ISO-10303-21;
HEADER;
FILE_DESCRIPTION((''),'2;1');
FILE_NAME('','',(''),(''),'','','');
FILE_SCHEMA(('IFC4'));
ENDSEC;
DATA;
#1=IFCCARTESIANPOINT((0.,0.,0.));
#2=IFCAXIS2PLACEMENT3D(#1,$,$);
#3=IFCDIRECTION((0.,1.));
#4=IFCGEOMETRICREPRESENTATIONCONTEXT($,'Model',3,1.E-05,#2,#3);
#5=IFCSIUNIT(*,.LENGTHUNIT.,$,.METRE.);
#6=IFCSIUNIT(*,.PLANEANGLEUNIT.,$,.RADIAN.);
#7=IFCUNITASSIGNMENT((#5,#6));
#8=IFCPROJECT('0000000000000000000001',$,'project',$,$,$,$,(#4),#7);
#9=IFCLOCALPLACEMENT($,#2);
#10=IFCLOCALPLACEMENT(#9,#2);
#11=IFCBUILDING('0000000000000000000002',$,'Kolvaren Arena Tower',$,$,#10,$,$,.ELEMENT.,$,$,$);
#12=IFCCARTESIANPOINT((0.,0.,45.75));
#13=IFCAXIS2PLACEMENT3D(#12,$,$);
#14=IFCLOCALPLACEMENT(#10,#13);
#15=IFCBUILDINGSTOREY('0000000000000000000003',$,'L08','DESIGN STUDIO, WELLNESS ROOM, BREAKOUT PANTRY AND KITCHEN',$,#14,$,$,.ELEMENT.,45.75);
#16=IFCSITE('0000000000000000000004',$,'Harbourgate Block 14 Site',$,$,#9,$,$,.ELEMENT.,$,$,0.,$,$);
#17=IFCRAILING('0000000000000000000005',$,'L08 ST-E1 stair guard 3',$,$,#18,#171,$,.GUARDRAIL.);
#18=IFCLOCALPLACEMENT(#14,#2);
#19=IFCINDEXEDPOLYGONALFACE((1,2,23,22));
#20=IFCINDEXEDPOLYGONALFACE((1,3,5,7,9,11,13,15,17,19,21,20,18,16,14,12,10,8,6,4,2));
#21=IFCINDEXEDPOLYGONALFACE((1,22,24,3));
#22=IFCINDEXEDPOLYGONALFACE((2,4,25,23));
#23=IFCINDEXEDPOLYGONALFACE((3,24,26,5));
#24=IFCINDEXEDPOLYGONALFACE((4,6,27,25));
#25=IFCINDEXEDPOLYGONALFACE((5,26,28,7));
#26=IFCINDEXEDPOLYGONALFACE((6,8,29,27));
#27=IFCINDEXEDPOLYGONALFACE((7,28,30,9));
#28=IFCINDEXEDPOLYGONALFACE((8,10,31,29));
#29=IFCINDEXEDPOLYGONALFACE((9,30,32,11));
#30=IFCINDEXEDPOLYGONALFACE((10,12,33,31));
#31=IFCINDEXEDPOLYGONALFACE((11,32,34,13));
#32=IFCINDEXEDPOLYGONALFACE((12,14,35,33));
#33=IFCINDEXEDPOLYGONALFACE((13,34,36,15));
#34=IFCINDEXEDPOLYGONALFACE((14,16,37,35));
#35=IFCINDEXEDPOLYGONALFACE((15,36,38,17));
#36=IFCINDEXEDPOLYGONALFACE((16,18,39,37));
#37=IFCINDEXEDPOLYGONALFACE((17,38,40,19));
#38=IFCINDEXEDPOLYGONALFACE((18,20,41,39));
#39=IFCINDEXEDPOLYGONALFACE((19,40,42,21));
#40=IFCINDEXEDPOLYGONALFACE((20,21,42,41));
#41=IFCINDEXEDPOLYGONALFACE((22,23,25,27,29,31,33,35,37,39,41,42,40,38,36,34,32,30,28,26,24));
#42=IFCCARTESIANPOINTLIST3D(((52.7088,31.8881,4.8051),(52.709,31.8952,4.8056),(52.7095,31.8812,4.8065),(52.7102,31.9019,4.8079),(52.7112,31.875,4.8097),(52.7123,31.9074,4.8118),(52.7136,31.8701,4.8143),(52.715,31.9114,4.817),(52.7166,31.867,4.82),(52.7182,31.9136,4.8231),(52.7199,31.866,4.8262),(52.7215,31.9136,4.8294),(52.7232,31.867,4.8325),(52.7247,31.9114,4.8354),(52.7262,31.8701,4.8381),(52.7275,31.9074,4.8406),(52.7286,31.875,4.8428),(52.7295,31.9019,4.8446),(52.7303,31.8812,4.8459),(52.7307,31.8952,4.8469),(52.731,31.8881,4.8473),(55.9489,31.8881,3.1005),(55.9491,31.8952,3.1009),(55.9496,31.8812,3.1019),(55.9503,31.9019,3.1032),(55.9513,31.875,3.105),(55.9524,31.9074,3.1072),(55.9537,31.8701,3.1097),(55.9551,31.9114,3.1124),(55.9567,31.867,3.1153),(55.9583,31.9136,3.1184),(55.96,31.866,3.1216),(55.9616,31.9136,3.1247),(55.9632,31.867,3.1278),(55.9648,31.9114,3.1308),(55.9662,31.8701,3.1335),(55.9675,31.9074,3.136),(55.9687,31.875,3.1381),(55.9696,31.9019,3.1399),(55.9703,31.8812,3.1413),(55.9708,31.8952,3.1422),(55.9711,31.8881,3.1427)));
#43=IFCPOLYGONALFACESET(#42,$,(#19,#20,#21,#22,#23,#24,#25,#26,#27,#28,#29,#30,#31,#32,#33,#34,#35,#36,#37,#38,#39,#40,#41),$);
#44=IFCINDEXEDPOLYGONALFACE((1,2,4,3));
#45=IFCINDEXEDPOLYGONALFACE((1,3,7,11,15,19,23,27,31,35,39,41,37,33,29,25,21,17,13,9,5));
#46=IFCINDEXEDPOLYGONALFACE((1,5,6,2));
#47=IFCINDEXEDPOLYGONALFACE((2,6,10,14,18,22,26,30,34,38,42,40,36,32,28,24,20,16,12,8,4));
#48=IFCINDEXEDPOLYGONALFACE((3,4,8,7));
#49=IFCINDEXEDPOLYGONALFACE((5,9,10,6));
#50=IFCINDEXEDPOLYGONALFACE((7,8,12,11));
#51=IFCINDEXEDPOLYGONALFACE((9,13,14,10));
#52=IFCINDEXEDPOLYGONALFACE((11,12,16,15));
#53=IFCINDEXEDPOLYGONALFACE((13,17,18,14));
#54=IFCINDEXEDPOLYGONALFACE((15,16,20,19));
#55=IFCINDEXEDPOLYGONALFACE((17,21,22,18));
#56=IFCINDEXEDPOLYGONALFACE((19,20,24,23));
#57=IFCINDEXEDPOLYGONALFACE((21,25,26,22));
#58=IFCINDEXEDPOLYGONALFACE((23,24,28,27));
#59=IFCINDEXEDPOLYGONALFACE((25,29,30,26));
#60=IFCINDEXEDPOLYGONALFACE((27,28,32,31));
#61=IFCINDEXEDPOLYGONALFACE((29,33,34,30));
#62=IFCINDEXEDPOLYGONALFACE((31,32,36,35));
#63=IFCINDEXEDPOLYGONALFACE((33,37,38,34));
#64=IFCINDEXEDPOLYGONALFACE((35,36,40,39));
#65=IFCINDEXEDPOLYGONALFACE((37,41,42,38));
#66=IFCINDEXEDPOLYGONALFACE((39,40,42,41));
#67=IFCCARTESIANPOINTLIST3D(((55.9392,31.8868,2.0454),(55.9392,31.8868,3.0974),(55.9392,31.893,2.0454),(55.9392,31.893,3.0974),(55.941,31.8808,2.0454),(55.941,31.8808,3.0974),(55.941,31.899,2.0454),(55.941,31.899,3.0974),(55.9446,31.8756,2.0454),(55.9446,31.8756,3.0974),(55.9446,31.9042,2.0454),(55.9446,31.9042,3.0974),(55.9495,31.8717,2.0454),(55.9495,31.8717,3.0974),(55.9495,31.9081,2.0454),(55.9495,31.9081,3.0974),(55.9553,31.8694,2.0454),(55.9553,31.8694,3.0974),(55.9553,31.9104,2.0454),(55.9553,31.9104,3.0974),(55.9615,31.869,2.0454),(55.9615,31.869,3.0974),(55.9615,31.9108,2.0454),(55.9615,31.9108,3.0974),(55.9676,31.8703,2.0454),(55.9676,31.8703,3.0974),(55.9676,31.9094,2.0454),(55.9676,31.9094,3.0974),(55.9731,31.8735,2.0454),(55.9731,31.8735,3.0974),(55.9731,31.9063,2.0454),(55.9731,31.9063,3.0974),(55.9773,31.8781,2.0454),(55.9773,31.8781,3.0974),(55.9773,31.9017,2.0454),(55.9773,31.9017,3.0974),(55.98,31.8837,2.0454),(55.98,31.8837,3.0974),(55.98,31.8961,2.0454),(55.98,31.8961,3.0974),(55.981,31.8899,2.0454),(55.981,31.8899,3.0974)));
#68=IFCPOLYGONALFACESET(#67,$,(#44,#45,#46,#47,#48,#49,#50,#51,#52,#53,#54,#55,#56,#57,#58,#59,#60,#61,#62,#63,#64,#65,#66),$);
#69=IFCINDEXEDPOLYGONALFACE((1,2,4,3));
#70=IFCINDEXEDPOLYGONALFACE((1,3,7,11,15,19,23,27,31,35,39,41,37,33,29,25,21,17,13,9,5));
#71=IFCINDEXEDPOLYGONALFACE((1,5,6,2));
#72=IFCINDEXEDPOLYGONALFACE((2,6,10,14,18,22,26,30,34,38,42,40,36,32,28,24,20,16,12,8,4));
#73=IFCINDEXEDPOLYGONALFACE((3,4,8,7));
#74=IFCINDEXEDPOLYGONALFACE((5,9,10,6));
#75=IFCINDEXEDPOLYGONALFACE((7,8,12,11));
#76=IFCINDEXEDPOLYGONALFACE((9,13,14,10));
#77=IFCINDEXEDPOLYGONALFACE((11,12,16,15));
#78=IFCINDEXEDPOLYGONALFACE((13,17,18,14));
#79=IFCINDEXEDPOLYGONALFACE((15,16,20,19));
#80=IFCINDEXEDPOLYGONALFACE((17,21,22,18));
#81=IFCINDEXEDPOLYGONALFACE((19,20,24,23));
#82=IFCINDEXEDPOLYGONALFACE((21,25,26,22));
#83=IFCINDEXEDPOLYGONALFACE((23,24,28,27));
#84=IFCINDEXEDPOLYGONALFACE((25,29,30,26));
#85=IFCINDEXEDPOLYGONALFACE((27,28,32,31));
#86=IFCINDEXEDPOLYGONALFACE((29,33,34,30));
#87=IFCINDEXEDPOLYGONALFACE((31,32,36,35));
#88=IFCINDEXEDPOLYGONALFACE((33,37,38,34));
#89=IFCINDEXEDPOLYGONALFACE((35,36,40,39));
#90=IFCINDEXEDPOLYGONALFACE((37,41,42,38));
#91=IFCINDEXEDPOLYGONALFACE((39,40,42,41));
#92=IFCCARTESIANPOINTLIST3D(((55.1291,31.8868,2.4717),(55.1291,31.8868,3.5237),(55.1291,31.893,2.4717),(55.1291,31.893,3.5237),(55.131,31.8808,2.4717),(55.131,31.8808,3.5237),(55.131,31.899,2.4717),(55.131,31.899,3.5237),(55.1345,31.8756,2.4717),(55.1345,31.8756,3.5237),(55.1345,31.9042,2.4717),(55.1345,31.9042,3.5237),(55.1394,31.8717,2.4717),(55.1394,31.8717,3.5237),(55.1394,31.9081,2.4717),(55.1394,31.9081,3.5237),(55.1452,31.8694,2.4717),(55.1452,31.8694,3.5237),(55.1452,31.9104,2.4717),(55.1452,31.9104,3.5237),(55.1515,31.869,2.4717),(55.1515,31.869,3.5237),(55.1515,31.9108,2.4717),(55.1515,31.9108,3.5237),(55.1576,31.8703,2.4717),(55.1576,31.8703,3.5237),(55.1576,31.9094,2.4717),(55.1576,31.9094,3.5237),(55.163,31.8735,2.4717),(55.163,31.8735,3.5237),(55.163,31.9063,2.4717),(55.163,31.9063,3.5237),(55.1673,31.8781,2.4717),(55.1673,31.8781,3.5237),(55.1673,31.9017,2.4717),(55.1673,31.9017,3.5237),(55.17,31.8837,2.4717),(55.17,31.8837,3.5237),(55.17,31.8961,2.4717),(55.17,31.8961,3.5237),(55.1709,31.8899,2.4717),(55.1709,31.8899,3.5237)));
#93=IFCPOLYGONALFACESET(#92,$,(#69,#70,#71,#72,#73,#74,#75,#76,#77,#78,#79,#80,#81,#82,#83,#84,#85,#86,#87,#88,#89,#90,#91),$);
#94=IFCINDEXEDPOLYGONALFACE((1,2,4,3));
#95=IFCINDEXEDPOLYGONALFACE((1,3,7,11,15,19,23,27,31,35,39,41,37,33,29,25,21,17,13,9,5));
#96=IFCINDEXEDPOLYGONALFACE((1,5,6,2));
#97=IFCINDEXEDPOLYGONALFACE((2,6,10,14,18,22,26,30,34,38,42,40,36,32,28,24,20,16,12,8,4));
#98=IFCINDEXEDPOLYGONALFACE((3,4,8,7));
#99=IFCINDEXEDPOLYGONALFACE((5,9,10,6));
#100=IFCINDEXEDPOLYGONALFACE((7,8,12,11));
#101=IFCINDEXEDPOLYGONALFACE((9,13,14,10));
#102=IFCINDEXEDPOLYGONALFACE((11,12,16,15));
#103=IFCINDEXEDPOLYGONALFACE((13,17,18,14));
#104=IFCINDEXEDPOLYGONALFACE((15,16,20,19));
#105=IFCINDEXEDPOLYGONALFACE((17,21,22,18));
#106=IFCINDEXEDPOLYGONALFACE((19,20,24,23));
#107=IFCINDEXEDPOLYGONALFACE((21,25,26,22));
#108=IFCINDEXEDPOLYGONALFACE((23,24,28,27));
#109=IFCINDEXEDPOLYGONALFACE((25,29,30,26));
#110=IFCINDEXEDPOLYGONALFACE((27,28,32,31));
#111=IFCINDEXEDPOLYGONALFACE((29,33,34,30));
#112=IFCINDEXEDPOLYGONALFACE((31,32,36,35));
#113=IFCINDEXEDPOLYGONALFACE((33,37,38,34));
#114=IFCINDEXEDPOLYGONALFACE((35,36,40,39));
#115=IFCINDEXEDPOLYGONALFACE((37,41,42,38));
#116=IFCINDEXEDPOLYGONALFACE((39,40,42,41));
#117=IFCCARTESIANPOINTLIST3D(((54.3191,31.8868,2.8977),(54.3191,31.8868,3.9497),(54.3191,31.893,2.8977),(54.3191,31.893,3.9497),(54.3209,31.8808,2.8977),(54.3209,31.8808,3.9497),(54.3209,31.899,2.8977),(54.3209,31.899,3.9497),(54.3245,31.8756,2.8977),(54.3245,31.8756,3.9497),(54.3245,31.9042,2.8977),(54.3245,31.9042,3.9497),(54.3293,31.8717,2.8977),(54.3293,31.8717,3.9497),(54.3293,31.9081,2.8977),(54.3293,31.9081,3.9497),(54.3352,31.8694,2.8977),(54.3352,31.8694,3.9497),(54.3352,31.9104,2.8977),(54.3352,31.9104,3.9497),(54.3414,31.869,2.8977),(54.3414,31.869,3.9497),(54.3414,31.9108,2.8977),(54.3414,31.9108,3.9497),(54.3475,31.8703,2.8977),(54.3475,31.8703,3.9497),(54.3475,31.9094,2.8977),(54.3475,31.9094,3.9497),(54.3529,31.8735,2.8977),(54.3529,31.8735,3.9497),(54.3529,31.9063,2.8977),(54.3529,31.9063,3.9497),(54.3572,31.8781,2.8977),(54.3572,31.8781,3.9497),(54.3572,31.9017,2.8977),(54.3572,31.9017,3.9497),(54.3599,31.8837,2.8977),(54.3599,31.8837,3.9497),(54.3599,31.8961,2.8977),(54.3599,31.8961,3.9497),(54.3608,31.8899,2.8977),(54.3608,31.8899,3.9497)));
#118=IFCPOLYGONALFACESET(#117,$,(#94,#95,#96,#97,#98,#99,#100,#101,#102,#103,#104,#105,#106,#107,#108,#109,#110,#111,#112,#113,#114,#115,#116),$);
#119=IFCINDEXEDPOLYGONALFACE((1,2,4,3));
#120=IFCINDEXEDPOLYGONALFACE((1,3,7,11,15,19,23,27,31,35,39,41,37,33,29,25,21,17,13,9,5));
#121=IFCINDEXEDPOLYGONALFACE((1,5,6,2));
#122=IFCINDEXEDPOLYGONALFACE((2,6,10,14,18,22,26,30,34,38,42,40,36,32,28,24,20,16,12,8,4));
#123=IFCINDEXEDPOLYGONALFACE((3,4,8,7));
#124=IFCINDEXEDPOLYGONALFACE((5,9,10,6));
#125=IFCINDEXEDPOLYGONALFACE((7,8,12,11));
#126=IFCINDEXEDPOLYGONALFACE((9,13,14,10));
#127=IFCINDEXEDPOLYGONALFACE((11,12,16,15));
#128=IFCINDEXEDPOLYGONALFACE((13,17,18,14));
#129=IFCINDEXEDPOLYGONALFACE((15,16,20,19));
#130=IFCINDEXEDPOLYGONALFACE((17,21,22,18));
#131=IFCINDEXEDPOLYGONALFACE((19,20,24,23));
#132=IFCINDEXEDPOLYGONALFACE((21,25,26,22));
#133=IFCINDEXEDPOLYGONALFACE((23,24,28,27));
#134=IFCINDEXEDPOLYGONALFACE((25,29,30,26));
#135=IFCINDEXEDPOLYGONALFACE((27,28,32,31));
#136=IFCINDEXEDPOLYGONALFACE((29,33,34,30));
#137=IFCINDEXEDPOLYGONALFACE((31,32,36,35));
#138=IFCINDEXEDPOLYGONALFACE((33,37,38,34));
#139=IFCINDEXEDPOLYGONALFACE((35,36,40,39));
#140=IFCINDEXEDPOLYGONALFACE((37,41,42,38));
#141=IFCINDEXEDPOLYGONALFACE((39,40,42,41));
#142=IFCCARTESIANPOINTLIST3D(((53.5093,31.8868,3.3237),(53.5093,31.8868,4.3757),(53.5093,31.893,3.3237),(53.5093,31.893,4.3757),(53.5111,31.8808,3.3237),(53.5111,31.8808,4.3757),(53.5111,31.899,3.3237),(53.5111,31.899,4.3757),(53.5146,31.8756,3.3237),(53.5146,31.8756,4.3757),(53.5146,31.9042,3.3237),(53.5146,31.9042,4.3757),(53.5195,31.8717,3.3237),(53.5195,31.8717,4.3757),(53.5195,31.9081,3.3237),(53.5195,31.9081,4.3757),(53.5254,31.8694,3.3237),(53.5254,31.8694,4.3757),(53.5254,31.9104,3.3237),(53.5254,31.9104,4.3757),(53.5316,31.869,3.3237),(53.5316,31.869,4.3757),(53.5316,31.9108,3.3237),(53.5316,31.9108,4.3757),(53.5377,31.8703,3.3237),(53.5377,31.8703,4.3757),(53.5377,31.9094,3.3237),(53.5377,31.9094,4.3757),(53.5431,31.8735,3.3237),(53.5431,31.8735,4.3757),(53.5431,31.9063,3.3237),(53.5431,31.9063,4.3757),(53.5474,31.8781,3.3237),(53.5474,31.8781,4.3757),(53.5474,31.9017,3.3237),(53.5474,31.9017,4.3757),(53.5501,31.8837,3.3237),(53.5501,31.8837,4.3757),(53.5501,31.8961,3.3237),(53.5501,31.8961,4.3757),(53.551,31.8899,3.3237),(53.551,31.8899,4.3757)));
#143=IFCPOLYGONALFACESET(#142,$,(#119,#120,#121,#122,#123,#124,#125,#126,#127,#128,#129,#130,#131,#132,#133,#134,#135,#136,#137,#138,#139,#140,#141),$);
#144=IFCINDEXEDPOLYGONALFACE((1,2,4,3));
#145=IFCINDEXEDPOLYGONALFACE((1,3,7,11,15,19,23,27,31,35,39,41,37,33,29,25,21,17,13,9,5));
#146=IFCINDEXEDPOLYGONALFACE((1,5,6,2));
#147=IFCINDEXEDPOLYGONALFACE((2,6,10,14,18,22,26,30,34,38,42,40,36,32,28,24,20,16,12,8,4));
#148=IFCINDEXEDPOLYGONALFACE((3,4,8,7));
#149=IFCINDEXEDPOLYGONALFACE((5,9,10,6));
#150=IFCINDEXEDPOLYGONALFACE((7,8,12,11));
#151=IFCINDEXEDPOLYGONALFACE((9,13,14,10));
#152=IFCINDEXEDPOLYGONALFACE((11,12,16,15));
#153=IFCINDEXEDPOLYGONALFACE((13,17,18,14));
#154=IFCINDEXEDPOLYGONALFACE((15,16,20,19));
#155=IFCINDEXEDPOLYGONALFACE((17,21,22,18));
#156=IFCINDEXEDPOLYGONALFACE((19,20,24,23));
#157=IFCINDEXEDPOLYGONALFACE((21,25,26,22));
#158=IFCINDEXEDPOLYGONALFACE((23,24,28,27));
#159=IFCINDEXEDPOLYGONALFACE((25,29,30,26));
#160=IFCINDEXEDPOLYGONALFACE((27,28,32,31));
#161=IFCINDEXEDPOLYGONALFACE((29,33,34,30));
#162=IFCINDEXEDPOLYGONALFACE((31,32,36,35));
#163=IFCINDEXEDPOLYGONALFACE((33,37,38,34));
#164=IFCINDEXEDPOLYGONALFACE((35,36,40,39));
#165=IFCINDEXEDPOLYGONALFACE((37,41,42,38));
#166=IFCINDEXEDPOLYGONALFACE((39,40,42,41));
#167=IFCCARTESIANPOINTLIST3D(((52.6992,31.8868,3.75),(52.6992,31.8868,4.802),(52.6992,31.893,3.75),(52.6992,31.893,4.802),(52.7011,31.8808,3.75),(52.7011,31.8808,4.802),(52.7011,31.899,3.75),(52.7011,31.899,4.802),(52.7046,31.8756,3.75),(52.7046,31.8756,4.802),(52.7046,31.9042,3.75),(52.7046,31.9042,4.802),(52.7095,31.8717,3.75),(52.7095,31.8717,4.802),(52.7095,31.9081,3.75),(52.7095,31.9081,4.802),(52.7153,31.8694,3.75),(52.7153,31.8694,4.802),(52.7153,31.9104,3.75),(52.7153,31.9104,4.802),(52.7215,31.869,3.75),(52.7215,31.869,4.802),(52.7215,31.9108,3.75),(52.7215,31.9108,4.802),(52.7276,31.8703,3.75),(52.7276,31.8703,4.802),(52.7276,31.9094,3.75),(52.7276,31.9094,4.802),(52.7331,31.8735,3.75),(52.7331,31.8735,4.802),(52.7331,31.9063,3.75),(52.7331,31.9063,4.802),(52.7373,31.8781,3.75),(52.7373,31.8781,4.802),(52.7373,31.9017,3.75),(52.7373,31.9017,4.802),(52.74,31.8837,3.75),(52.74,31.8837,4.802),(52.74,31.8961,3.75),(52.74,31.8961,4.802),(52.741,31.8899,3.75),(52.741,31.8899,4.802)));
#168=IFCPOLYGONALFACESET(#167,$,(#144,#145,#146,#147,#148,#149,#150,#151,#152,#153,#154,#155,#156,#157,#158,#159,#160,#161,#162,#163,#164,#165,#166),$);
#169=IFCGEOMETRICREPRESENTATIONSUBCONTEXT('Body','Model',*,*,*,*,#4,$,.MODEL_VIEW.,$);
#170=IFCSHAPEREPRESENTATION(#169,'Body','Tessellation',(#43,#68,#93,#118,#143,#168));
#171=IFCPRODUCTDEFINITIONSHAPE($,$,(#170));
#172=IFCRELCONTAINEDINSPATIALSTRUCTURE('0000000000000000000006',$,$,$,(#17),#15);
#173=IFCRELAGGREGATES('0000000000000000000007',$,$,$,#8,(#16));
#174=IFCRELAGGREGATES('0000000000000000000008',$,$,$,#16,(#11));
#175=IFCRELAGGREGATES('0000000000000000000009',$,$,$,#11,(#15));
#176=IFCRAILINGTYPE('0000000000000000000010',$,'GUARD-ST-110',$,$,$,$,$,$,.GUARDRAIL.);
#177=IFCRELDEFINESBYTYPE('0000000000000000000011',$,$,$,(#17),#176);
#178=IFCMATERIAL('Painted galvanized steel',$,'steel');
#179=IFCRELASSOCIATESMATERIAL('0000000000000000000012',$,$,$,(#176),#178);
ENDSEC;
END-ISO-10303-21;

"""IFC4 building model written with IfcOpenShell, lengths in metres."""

from ifc_helpers import new_model, si_unit, direction, frame, origin, origin_2d, place, context, subcontext, project, spatial, circle, extrude, material, type_object, element, save


model = new_model("IFC4")

# Units and contexts
model_context = context("Model", 3, precision=1e-05, world=origin(), true_north=direction((0.0, 1.0)))
body_context = subcontext(model_context, "Body", "Model", "MODEL_VIEW")
ifc_project = project(units=[si_unit("LENGTHUNIT", "METRE"), si_unit("PLANEANGLEUNIT", "RADIAN")], contexts=[model_context])

# Site, building, storey
site_placement = place(None, origin())
site = spatial("IfcSite", under=ifc_project, at=site_placement, Name="Harbourgate Block 14 Site", CompositionType="ELEMENT", RefElevation=0.0)
building_placement = place(site_placement, origin())
building = spatial("IfcBuilding", under=site, at=building_placement, Name="Kolvaren Arena Tower", CompositionType="ELEMENT")
storey_placement = place(building_placement, frame((0.0, 0.0, 45.75)))
storey = spatial("IfcBuildingStorey", under=building, at=storey_placement, Name="L08", Description="DESIGN STUDIO, WELLNESS ROOM, BREAKOUT PANTRY AND KITCHEN", CompositionType="ELEMENT", Elevation=45.75)

# Railing
ifc_material_1 = material(Name="Painted galvanized steel", Category="steel")
railing_type_1 = type_object("IfcRailingType", Name="GUARD-ST-110", PredefinedType="GUARDRAIL", material=ifc_material_1)
railing_1_placement = place(storey_placement, frame((55.96, 31.8899, 2.0454)))
element("IfcRailing", 1, at=railing_1_placement, inside=storey, type_object=railing_type_1, Name="L08 ST-E1 stair guard 3", PredefinedType="GUARDRAIL", context=body_context, shape_type="SweptSolid", body=[
    extrude(circle(Radius=0.0239, at=origin_2d()), frame((0.0, 0.0, 1.0762), z_axis=(-0.884993, 0.0, 0.465604), x_axis=(0.0, -1.0, 0.0)), (0.0, 0.0, 1.0), 3.6611),
    extrude(circle(Radius=0.021, at=origin_2d()), origin(), (0.0, 0.0, 1.0), 1.052),
    extrude(circle(Radius=0.021, at=origin_2d()), frame((-0.8101, 0.0, 0.4263)), (0.0, 0.0, 1.0), 1.052),
    extrude(circle(Radius=0.021, at=origin_2d()), frame((-1.6201, 0.0, 0.8523)), (0.0, 0.0, 1.0), 1.052),
    extrude(circle(Radius=0.021, at=origin_2d()), frame((-2.4299, 0.0, 1.2783)), (0.0, 0.0, 1.0), 1.052),
    extrude(circle(Radius=0.021, at=origin_2d()), frame((-3.24, 0.0, 1.7046)), (0.0, 0.0, 1.0), 1.052),
])

save(model, "model.ifc")
